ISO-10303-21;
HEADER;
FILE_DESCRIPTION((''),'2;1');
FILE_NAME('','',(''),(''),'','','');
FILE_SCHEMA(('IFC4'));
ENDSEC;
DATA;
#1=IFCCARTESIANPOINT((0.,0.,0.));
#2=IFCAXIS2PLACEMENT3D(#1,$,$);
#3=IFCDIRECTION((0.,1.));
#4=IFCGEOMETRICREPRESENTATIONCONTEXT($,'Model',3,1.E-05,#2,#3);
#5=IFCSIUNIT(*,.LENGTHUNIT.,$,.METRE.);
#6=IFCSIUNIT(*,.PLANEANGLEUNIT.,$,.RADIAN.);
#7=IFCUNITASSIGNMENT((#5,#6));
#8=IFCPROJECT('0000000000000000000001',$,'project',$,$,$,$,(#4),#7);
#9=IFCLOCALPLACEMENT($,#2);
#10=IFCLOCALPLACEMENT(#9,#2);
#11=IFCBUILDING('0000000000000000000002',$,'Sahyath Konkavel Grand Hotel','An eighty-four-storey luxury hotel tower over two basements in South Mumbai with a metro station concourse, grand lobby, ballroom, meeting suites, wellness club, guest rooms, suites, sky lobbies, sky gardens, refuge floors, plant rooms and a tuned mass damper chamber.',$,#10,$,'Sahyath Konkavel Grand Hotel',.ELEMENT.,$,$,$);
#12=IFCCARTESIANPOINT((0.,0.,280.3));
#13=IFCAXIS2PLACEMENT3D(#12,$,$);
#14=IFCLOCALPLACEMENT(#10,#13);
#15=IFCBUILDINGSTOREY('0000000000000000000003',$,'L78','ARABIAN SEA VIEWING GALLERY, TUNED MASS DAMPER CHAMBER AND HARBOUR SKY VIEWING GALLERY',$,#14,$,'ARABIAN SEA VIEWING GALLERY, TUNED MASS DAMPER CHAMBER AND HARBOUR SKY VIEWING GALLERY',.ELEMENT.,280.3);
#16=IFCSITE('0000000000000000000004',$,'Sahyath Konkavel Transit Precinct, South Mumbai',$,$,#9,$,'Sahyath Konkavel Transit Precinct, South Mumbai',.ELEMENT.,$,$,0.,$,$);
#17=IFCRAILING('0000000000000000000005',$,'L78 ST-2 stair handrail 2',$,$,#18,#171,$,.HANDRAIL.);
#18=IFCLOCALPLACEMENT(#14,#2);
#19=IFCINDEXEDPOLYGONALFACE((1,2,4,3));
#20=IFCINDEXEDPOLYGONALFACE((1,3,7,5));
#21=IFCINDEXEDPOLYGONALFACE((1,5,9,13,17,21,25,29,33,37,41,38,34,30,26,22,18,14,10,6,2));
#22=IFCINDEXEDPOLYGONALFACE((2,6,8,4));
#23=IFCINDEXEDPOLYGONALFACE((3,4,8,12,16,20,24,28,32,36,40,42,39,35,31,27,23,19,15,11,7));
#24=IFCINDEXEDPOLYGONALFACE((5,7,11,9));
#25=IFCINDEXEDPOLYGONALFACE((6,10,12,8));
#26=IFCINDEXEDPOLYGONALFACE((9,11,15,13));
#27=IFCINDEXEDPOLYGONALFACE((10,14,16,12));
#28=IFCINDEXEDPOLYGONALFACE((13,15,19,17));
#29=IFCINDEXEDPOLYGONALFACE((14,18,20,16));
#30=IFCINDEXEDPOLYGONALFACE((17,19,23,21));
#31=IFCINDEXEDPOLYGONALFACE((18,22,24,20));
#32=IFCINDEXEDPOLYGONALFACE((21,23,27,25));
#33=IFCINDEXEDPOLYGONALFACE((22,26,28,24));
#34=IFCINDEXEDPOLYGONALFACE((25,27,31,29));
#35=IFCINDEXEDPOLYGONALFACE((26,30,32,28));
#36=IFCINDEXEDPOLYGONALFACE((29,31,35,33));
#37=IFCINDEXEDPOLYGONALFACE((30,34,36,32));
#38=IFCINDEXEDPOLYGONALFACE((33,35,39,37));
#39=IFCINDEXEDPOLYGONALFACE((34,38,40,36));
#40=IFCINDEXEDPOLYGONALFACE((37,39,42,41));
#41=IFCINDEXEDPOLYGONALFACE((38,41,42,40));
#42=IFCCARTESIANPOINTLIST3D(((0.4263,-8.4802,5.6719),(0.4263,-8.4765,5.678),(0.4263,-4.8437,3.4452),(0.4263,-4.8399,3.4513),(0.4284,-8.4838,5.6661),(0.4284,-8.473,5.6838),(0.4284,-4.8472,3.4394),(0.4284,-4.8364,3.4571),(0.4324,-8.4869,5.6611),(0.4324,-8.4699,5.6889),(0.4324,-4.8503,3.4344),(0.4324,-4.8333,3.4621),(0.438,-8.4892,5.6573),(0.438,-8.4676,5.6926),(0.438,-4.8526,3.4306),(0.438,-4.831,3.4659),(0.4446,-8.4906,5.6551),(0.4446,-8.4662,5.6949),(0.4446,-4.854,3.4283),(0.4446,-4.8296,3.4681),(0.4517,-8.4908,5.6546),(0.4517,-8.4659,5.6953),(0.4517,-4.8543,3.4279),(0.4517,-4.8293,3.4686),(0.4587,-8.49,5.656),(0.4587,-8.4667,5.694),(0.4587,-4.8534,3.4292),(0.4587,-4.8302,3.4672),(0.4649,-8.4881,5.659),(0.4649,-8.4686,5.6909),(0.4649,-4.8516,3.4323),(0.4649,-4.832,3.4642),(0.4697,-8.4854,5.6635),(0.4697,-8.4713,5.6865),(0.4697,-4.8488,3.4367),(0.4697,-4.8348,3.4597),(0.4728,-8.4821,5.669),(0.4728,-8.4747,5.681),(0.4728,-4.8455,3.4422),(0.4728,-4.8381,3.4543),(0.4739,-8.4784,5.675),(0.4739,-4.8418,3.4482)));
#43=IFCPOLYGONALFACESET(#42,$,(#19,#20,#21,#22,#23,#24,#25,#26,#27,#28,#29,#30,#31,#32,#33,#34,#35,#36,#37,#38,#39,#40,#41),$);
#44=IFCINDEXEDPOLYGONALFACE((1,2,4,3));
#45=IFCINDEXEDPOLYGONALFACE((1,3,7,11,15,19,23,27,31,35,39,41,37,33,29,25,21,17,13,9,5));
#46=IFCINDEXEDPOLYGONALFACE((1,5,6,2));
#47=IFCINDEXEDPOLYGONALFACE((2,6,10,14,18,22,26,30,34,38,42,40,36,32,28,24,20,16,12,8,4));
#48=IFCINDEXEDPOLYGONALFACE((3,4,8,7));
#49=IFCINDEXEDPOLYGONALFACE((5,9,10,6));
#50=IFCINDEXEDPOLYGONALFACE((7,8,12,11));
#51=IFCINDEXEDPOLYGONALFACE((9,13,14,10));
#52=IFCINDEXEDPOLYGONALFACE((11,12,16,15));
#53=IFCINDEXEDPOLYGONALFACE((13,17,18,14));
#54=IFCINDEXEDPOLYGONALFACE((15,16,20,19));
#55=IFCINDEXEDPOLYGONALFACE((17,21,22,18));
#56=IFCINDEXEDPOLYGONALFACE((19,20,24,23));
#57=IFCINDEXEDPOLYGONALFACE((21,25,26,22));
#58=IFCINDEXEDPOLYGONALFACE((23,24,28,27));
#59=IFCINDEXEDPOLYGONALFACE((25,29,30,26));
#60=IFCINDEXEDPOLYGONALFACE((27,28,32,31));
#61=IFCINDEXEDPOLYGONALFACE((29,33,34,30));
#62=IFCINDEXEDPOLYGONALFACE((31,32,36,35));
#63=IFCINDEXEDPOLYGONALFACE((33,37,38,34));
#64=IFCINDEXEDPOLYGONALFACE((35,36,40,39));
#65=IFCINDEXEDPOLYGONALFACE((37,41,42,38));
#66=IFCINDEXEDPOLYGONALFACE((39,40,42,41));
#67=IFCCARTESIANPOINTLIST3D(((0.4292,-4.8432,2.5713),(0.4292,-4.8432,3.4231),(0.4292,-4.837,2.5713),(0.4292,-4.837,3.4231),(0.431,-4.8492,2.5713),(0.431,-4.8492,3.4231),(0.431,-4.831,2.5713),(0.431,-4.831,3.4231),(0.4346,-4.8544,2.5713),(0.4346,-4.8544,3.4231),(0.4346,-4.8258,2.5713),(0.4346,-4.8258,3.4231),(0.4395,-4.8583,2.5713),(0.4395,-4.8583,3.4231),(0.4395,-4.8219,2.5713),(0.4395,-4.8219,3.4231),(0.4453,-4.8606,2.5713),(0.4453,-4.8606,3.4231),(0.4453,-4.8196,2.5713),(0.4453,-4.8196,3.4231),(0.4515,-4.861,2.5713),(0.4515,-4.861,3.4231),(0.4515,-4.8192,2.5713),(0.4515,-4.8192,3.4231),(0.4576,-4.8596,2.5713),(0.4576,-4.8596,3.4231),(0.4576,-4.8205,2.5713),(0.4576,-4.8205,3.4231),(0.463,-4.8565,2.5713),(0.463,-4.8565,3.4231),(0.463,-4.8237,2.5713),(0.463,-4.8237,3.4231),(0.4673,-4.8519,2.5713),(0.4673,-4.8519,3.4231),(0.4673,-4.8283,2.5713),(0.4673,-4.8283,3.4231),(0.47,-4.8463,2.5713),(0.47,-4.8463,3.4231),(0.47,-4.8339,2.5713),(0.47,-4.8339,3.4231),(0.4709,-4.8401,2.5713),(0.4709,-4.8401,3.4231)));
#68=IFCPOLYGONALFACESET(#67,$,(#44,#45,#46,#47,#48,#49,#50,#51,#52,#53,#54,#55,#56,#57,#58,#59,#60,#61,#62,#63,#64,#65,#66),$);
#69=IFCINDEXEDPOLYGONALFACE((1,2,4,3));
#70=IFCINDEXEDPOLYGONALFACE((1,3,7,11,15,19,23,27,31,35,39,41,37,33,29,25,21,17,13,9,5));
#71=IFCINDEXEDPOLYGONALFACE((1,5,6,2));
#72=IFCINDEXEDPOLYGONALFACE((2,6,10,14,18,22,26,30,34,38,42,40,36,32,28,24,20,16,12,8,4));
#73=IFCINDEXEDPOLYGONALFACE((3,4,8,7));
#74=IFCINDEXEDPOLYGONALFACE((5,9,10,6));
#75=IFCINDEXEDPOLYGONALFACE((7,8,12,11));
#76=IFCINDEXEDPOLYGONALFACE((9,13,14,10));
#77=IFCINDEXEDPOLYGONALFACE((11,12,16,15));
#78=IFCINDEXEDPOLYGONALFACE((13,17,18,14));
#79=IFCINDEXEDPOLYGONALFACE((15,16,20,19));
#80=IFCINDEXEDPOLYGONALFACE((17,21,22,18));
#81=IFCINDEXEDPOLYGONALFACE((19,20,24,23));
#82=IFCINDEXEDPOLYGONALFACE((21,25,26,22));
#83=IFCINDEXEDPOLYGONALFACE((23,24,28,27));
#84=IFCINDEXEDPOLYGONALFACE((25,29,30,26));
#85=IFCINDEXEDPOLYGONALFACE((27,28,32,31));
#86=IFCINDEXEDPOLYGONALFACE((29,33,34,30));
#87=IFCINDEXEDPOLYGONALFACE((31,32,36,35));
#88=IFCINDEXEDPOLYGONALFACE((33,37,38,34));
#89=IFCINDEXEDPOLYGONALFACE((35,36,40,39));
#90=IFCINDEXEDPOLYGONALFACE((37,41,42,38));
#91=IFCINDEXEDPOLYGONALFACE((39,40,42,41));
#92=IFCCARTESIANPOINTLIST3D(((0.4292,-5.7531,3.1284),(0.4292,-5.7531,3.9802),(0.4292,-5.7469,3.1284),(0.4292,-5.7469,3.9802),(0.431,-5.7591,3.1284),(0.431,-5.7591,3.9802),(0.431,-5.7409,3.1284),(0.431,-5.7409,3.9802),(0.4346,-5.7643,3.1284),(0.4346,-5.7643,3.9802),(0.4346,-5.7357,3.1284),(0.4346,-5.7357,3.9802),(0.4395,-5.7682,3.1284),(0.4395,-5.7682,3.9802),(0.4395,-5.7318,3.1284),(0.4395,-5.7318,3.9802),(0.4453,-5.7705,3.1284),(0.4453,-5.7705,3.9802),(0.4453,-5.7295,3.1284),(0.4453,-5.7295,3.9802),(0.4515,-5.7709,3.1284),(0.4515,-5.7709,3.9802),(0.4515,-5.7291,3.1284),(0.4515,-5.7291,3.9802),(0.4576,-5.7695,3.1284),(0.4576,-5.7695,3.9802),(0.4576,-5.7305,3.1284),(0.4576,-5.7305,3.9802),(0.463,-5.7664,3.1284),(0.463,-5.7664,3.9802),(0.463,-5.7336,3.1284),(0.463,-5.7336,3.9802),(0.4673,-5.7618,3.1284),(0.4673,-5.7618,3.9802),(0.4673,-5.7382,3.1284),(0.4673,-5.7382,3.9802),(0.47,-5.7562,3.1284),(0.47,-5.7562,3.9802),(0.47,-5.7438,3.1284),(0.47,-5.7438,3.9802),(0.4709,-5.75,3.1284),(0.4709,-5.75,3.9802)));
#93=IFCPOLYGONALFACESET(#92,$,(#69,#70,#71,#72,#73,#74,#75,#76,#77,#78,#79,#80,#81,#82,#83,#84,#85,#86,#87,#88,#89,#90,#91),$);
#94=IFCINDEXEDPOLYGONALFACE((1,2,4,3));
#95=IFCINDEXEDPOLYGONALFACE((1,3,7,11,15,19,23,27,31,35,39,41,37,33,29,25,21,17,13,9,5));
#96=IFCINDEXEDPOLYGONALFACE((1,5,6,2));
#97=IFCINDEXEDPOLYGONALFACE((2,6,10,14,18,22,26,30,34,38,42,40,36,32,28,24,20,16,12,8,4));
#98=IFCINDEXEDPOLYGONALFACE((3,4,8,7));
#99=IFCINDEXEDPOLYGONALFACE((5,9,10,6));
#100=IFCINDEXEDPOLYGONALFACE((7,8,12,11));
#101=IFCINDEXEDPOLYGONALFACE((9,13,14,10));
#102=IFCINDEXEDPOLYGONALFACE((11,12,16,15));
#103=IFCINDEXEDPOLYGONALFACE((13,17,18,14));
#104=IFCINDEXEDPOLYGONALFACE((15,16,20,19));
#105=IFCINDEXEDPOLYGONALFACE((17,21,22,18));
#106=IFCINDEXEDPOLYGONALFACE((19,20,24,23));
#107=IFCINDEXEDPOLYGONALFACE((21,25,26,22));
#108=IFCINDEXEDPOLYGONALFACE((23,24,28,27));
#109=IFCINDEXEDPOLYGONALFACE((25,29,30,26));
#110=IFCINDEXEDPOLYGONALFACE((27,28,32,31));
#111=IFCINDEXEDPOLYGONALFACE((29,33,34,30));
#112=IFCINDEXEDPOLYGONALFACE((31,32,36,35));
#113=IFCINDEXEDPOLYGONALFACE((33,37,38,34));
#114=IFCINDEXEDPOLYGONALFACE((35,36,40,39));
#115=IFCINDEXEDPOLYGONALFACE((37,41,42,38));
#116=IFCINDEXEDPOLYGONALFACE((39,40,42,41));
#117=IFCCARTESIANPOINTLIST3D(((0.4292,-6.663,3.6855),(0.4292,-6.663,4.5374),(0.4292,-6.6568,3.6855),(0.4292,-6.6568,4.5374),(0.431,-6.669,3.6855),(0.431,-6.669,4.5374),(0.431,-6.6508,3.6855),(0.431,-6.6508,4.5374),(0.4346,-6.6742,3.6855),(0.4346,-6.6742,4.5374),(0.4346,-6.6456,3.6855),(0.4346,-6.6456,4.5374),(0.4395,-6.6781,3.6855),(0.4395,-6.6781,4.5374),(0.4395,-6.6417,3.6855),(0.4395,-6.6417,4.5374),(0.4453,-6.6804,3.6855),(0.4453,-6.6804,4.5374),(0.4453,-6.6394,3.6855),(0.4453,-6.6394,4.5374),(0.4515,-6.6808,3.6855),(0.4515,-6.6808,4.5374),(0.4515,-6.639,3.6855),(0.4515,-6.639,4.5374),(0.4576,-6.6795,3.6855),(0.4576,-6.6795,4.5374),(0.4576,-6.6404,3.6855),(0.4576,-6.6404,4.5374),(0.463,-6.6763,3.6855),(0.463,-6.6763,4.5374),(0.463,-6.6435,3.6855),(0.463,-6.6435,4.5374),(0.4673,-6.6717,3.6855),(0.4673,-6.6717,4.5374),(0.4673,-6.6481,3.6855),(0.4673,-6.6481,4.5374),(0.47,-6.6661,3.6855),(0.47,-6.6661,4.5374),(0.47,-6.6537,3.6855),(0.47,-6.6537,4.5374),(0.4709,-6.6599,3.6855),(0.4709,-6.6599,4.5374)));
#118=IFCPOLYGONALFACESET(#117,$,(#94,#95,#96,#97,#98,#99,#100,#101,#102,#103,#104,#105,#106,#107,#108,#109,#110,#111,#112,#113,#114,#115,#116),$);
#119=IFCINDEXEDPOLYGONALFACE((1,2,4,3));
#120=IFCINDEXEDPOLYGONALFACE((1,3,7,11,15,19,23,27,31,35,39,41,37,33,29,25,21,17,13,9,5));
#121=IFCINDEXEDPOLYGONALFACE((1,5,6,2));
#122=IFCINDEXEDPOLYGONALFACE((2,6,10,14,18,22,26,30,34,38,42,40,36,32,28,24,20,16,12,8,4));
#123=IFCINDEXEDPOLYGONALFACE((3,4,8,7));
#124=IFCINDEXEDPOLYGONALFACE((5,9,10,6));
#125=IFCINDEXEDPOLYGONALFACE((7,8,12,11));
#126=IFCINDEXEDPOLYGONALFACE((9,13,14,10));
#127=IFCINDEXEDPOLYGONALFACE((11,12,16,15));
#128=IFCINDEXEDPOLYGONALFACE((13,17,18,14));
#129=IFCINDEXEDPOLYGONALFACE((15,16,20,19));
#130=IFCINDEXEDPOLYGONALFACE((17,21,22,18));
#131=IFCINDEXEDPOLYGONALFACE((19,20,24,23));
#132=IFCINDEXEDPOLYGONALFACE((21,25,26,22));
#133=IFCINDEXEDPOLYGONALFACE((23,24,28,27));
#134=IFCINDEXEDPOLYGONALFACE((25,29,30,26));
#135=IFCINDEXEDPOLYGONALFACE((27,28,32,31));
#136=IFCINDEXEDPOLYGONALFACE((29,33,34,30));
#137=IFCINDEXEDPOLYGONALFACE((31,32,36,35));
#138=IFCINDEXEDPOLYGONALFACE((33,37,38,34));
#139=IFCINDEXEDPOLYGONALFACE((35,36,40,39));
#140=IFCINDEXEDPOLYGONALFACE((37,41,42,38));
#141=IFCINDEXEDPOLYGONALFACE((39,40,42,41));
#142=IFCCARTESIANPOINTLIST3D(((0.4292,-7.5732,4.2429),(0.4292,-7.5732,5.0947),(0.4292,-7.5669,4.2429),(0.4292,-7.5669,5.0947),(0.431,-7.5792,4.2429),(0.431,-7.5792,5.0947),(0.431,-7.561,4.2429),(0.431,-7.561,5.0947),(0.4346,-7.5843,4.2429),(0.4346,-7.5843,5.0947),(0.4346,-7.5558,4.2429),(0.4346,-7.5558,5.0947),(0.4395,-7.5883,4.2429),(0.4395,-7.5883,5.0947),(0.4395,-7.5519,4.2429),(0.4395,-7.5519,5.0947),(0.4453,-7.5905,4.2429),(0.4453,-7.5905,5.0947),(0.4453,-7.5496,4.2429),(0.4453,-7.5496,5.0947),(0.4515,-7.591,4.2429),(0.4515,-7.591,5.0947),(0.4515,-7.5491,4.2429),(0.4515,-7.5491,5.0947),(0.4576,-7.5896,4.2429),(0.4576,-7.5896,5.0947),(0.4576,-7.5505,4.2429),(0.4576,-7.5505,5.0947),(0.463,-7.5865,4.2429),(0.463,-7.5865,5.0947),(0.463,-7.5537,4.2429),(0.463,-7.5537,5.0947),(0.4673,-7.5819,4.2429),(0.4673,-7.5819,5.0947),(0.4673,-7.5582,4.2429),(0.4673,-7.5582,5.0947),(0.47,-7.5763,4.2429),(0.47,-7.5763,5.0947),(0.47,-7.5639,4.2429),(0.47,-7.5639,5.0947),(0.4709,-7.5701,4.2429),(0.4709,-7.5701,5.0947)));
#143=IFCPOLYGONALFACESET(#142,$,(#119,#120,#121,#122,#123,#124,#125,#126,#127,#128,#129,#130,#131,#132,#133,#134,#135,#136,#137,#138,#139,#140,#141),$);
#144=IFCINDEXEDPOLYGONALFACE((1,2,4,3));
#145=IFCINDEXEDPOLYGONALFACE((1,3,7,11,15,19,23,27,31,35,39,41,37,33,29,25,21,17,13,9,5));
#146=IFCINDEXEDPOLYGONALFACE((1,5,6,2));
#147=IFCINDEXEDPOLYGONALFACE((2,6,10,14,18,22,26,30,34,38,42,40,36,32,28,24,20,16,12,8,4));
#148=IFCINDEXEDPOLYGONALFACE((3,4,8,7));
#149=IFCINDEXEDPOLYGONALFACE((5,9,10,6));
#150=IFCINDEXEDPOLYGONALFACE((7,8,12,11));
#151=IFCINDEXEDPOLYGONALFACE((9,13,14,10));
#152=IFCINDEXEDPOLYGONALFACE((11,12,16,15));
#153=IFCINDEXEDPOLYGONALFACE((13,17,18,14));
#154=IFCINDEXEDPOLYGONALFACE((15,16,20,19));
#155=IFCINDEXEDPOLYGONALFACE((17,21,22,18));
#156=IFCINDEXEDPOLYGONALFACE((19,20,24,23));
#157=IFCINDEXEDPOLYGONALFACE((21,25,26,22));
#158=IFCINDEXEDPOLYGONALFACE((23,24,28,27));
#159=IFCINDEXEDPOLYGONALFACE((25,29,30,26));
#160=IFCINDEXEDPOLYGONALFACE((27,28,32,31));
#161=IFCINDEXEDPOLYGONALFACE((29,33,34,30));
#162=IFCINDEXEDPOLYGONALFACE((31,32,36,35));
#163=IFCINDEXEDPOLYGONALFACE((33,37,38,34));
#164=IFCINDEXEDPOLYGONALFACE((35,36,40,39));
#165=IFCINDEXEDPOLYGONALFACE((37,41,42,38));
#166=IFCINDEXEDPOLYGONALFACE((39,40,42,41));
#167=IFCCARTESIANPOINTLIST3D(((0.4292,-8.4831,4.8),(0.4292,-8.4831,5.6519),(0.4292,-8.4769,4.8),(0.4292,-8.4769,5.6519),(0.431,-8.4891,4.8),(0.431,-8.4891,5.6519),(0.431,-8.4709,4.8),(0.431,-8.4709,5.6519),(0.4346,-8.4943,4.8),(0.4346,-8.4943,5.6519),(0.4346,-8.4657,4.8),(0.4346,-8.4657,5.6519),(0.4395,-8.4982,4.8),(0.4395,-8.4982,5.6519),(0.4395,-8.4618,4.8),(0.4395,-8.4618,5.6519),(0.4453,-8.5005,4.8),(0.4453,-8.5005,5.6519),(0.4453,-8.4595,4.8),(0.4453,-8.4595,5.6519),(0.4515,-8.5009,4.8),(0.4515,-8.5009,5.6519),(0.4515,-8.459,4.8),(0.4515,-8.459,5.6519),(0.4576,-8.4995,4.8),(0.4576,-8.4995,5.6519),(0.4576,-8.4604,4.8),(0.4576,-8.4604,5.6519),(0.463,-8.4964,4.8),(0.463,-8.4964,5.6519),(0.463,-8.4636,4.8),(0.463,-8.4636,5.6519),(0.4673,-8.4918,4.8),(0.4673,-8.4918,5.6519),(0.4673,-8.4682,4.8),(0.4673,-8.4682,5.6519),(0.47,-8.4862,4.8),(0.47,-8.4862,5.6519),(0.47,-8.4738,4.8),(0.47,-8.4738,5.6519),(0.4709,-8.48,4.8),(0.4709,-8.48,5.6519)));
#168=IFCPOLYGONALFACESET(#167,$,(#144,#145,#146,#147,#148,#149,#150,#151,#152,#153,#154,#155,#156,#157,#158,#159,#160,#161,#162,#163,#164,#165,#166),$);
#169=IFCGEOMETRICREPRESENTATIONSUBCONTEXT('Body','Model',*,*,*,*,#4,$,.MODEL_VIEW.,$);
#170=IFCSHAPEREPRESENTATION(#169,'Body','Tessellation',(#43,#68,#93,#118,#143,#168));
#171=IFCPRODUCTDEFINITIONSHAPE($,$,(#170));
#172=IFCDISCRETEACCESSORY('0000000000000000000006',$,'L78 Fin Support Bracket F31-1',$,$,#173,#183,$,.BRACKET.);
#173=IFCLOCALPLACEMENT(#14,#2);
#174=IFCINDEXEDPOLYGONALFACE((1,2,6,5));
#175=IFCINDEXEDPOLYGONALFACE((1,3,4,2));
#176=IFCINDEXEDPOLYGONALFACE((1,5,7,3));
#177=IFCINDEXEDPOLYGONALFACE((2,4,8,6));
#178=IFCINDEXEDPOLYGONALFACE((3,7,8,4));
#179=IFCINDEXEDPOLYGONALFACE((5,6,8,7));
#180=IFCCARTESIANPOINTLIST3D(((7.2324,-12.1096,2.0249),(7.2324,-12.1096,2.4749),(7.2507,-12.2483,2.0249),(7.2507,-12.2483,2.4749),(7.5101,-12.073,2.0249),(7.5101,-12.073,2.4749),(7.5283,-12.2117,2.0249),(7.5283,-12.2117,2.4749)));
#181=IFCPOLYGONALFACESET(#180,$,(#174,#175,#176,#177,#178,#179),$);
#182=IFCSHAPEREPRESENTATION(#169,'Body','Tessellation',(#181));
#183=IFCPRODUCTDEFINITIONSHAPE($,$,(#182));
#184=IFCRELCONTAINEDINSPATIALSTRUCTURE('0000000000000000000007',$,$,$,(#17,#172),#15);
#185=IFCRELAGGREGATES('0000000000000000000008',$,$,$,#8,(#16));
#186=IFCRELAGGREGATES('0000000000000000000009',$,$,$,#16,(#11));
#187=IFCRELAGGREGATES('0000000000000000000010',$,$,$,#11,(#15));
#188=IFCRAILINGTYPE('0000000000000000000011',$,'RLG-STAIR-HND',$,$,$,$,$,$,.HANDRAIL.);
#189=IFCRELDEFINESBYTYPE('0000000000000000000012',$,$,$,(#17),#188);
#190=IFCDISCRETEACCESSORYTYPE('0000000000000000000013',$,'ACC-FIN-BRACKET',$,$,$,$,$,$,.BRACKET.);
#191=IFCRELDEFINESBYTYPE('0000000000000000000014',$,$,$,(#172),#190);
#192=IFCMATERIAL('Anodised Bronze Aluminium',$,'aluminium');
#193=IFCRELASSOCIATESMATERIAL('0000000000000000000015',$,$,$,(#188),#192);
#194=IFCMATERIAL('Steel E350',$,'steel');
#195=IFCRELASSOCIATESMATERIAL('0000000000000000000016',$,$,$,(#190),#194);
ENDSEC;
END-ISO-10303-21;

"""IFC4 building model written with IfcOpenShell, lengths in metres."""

from ifc_helpers import new_model, si_unit, direction, frame, origin, origin_2d, place, context, subcontext, project, spatial, rectangle, circle, extrude, source, transform, mapped, material, type_object, element, save


model = new_model("IFC4")

# Units and contexts
model_context = context("Model", 3, precision=1e-05, world=origin(), true_north=direction((0.0, 1.0)))
body_context = subcontext(model_context, "Body", "Model", "MODEL_VIEW")
ifc_project = project(units=[si_unit("LENGTHUNIT", "METRE"), si_unit("PLANEANGLEUNIT", "RADIAN")], contexts=[model_context])

# Site, building, storey
site_placement = place(None, origin())
site = spatial("IfcSite", under=ifc_project, at=site_placement, Name="Sahyath Konkavel Transit Precinct, South Mumbai", LongName="Sahyath Konkavel Transit Precinct, South Mumbai", CompositionType="ELEMENT", RefElevation=0.0)
building_placement = place(site_placement, origin())
building = spatial("IfcBuilding", under=site, at=building_placement, Name="Sahyath Konkavel Grand Hotel", Description="An eighty-four-storey luxury hotel tower over two basements in South Mumbai with a metro station concourse, grand lobby, ballroom, meeting suites, wellness club, guest rooms, suites, sky lobbies, sky gardens, refuge floors, plant rooms and a tuned mass damper chamber.", LongName="Sahyath Konkavel Grand Hotel", CompositionType="ELEMENT")
storey_placement = place(building_placement, frame((0.0, 0.0, 280.3)))
storey = spatial("IfcBuildingStorey", under=building, at=storey_placement, Name="L78", Description="ARABIAN SEA VIEWING GALLERY, TUNED MASS DAMPER CHAMBER AND HARBOUR SKY VIEWING GALLERY", LongName="ARABIAN SEA VIEWING GALLERY, TUNED MASS DAMPER CHAMBER AND HARBOUR SKY VIEWING GALLERY", CompositionType="ELEMENT", Elevation=280.3)

# Shared definitions
ifc_material_1 = material(Name="Steel E350", Category="steel")

# Shared definitions
ifc_material_2 = material(Name="Anodised Bronze Aluminium", Category="aluminium")

# Railing
railing_type_1 = type_object("IfcRailingType", Name="RLG-STAIR-HND", PredefinedType="HANDRAIL", material=ifc_material_2)
railing_1_placement = place(storey_placement, frame((0.45, -4.8401, 2.5713)))
element("IfcRailing", 1, at=railing_1_placement, inside=storey, type_object=railing_type_1, Name="L78 ST-2 stair handrail 2", PredefinedType="HANDRAIL", context=body_context, shape_type="SweptSolid", body=[
    extrude(circle(Radius=0.0239, at=origin_2d()), frame((0.0, -0.0017, 0.877), z_axis=(0.0, -0.852825, 0.522197), x_axis=(1.0, 0.0, 0.0)), (0.0, 0.0, 1.0), 4.2642),
    extrude(circle(Radius=0.021, at=origin_2d()), origin(), (0.0, 0.0, 1.0), 0.8518),
    extrude(circle(Radius=0.021, at=origin_2d()), frame((0.0, -0.9099, 0.5571)), (0.0, 0.0, 1.0), 0.8518),
    extrude(circle(Radius=0.021, at=origin_2d()), frame((0.0, -1.8198, 1.1143)), (0.0, 0.0, 1.0), 0.8518),
    extrude(circle(Radius=0.021, at=origin_2d()), frame((0.0, -2.73, 1.6716)), (0.0, 0.0, 1.0), 0.8518),
    extrude(circle(Radius=0.021, at=origin_2d()), frame((0.0, -3.6399, 2.2288)), (0.0, 0.0, 1.0), 0.8518),
])

# Discrete accessory
discrete_accessory_type = type_object("IfcDiscreteAccessoryType", Name="ACC-FIN-BRACKET", PredefinedType="BRACKET", material=ifc_material_1)
shared_shape_1 = source(origin(), body_context, "Body", "SweptSolid", [
    extrude(rectangle(XDim=0.28, YDim=0.1399, at=origin_2d()), origin(), (0.0, 0.0, 1.0), 0.45),
])
discrete_accessory_placement = place(storey_placement, frame((7.3804, -12.1606, 2.0249), z_axis=(0.0, 0.0, 1.0), x_axis=(0.991445, 0.130526, 0.0)))
element("IfcDiscreteAccessory", 2, at=discrete_accessory_placement, inside=storey, type_object=discrete_accessory_type, Name="L78 Fin Support Bracket F31-1", PredefinedType="BRACKET", context=body_context, shape_type="MappedRepresentation", body=[
    mapped(shared_shape_1, transform((0.0, 0.0, 0.0), scale=1.0)),
])

save(model, "model.ifc")
